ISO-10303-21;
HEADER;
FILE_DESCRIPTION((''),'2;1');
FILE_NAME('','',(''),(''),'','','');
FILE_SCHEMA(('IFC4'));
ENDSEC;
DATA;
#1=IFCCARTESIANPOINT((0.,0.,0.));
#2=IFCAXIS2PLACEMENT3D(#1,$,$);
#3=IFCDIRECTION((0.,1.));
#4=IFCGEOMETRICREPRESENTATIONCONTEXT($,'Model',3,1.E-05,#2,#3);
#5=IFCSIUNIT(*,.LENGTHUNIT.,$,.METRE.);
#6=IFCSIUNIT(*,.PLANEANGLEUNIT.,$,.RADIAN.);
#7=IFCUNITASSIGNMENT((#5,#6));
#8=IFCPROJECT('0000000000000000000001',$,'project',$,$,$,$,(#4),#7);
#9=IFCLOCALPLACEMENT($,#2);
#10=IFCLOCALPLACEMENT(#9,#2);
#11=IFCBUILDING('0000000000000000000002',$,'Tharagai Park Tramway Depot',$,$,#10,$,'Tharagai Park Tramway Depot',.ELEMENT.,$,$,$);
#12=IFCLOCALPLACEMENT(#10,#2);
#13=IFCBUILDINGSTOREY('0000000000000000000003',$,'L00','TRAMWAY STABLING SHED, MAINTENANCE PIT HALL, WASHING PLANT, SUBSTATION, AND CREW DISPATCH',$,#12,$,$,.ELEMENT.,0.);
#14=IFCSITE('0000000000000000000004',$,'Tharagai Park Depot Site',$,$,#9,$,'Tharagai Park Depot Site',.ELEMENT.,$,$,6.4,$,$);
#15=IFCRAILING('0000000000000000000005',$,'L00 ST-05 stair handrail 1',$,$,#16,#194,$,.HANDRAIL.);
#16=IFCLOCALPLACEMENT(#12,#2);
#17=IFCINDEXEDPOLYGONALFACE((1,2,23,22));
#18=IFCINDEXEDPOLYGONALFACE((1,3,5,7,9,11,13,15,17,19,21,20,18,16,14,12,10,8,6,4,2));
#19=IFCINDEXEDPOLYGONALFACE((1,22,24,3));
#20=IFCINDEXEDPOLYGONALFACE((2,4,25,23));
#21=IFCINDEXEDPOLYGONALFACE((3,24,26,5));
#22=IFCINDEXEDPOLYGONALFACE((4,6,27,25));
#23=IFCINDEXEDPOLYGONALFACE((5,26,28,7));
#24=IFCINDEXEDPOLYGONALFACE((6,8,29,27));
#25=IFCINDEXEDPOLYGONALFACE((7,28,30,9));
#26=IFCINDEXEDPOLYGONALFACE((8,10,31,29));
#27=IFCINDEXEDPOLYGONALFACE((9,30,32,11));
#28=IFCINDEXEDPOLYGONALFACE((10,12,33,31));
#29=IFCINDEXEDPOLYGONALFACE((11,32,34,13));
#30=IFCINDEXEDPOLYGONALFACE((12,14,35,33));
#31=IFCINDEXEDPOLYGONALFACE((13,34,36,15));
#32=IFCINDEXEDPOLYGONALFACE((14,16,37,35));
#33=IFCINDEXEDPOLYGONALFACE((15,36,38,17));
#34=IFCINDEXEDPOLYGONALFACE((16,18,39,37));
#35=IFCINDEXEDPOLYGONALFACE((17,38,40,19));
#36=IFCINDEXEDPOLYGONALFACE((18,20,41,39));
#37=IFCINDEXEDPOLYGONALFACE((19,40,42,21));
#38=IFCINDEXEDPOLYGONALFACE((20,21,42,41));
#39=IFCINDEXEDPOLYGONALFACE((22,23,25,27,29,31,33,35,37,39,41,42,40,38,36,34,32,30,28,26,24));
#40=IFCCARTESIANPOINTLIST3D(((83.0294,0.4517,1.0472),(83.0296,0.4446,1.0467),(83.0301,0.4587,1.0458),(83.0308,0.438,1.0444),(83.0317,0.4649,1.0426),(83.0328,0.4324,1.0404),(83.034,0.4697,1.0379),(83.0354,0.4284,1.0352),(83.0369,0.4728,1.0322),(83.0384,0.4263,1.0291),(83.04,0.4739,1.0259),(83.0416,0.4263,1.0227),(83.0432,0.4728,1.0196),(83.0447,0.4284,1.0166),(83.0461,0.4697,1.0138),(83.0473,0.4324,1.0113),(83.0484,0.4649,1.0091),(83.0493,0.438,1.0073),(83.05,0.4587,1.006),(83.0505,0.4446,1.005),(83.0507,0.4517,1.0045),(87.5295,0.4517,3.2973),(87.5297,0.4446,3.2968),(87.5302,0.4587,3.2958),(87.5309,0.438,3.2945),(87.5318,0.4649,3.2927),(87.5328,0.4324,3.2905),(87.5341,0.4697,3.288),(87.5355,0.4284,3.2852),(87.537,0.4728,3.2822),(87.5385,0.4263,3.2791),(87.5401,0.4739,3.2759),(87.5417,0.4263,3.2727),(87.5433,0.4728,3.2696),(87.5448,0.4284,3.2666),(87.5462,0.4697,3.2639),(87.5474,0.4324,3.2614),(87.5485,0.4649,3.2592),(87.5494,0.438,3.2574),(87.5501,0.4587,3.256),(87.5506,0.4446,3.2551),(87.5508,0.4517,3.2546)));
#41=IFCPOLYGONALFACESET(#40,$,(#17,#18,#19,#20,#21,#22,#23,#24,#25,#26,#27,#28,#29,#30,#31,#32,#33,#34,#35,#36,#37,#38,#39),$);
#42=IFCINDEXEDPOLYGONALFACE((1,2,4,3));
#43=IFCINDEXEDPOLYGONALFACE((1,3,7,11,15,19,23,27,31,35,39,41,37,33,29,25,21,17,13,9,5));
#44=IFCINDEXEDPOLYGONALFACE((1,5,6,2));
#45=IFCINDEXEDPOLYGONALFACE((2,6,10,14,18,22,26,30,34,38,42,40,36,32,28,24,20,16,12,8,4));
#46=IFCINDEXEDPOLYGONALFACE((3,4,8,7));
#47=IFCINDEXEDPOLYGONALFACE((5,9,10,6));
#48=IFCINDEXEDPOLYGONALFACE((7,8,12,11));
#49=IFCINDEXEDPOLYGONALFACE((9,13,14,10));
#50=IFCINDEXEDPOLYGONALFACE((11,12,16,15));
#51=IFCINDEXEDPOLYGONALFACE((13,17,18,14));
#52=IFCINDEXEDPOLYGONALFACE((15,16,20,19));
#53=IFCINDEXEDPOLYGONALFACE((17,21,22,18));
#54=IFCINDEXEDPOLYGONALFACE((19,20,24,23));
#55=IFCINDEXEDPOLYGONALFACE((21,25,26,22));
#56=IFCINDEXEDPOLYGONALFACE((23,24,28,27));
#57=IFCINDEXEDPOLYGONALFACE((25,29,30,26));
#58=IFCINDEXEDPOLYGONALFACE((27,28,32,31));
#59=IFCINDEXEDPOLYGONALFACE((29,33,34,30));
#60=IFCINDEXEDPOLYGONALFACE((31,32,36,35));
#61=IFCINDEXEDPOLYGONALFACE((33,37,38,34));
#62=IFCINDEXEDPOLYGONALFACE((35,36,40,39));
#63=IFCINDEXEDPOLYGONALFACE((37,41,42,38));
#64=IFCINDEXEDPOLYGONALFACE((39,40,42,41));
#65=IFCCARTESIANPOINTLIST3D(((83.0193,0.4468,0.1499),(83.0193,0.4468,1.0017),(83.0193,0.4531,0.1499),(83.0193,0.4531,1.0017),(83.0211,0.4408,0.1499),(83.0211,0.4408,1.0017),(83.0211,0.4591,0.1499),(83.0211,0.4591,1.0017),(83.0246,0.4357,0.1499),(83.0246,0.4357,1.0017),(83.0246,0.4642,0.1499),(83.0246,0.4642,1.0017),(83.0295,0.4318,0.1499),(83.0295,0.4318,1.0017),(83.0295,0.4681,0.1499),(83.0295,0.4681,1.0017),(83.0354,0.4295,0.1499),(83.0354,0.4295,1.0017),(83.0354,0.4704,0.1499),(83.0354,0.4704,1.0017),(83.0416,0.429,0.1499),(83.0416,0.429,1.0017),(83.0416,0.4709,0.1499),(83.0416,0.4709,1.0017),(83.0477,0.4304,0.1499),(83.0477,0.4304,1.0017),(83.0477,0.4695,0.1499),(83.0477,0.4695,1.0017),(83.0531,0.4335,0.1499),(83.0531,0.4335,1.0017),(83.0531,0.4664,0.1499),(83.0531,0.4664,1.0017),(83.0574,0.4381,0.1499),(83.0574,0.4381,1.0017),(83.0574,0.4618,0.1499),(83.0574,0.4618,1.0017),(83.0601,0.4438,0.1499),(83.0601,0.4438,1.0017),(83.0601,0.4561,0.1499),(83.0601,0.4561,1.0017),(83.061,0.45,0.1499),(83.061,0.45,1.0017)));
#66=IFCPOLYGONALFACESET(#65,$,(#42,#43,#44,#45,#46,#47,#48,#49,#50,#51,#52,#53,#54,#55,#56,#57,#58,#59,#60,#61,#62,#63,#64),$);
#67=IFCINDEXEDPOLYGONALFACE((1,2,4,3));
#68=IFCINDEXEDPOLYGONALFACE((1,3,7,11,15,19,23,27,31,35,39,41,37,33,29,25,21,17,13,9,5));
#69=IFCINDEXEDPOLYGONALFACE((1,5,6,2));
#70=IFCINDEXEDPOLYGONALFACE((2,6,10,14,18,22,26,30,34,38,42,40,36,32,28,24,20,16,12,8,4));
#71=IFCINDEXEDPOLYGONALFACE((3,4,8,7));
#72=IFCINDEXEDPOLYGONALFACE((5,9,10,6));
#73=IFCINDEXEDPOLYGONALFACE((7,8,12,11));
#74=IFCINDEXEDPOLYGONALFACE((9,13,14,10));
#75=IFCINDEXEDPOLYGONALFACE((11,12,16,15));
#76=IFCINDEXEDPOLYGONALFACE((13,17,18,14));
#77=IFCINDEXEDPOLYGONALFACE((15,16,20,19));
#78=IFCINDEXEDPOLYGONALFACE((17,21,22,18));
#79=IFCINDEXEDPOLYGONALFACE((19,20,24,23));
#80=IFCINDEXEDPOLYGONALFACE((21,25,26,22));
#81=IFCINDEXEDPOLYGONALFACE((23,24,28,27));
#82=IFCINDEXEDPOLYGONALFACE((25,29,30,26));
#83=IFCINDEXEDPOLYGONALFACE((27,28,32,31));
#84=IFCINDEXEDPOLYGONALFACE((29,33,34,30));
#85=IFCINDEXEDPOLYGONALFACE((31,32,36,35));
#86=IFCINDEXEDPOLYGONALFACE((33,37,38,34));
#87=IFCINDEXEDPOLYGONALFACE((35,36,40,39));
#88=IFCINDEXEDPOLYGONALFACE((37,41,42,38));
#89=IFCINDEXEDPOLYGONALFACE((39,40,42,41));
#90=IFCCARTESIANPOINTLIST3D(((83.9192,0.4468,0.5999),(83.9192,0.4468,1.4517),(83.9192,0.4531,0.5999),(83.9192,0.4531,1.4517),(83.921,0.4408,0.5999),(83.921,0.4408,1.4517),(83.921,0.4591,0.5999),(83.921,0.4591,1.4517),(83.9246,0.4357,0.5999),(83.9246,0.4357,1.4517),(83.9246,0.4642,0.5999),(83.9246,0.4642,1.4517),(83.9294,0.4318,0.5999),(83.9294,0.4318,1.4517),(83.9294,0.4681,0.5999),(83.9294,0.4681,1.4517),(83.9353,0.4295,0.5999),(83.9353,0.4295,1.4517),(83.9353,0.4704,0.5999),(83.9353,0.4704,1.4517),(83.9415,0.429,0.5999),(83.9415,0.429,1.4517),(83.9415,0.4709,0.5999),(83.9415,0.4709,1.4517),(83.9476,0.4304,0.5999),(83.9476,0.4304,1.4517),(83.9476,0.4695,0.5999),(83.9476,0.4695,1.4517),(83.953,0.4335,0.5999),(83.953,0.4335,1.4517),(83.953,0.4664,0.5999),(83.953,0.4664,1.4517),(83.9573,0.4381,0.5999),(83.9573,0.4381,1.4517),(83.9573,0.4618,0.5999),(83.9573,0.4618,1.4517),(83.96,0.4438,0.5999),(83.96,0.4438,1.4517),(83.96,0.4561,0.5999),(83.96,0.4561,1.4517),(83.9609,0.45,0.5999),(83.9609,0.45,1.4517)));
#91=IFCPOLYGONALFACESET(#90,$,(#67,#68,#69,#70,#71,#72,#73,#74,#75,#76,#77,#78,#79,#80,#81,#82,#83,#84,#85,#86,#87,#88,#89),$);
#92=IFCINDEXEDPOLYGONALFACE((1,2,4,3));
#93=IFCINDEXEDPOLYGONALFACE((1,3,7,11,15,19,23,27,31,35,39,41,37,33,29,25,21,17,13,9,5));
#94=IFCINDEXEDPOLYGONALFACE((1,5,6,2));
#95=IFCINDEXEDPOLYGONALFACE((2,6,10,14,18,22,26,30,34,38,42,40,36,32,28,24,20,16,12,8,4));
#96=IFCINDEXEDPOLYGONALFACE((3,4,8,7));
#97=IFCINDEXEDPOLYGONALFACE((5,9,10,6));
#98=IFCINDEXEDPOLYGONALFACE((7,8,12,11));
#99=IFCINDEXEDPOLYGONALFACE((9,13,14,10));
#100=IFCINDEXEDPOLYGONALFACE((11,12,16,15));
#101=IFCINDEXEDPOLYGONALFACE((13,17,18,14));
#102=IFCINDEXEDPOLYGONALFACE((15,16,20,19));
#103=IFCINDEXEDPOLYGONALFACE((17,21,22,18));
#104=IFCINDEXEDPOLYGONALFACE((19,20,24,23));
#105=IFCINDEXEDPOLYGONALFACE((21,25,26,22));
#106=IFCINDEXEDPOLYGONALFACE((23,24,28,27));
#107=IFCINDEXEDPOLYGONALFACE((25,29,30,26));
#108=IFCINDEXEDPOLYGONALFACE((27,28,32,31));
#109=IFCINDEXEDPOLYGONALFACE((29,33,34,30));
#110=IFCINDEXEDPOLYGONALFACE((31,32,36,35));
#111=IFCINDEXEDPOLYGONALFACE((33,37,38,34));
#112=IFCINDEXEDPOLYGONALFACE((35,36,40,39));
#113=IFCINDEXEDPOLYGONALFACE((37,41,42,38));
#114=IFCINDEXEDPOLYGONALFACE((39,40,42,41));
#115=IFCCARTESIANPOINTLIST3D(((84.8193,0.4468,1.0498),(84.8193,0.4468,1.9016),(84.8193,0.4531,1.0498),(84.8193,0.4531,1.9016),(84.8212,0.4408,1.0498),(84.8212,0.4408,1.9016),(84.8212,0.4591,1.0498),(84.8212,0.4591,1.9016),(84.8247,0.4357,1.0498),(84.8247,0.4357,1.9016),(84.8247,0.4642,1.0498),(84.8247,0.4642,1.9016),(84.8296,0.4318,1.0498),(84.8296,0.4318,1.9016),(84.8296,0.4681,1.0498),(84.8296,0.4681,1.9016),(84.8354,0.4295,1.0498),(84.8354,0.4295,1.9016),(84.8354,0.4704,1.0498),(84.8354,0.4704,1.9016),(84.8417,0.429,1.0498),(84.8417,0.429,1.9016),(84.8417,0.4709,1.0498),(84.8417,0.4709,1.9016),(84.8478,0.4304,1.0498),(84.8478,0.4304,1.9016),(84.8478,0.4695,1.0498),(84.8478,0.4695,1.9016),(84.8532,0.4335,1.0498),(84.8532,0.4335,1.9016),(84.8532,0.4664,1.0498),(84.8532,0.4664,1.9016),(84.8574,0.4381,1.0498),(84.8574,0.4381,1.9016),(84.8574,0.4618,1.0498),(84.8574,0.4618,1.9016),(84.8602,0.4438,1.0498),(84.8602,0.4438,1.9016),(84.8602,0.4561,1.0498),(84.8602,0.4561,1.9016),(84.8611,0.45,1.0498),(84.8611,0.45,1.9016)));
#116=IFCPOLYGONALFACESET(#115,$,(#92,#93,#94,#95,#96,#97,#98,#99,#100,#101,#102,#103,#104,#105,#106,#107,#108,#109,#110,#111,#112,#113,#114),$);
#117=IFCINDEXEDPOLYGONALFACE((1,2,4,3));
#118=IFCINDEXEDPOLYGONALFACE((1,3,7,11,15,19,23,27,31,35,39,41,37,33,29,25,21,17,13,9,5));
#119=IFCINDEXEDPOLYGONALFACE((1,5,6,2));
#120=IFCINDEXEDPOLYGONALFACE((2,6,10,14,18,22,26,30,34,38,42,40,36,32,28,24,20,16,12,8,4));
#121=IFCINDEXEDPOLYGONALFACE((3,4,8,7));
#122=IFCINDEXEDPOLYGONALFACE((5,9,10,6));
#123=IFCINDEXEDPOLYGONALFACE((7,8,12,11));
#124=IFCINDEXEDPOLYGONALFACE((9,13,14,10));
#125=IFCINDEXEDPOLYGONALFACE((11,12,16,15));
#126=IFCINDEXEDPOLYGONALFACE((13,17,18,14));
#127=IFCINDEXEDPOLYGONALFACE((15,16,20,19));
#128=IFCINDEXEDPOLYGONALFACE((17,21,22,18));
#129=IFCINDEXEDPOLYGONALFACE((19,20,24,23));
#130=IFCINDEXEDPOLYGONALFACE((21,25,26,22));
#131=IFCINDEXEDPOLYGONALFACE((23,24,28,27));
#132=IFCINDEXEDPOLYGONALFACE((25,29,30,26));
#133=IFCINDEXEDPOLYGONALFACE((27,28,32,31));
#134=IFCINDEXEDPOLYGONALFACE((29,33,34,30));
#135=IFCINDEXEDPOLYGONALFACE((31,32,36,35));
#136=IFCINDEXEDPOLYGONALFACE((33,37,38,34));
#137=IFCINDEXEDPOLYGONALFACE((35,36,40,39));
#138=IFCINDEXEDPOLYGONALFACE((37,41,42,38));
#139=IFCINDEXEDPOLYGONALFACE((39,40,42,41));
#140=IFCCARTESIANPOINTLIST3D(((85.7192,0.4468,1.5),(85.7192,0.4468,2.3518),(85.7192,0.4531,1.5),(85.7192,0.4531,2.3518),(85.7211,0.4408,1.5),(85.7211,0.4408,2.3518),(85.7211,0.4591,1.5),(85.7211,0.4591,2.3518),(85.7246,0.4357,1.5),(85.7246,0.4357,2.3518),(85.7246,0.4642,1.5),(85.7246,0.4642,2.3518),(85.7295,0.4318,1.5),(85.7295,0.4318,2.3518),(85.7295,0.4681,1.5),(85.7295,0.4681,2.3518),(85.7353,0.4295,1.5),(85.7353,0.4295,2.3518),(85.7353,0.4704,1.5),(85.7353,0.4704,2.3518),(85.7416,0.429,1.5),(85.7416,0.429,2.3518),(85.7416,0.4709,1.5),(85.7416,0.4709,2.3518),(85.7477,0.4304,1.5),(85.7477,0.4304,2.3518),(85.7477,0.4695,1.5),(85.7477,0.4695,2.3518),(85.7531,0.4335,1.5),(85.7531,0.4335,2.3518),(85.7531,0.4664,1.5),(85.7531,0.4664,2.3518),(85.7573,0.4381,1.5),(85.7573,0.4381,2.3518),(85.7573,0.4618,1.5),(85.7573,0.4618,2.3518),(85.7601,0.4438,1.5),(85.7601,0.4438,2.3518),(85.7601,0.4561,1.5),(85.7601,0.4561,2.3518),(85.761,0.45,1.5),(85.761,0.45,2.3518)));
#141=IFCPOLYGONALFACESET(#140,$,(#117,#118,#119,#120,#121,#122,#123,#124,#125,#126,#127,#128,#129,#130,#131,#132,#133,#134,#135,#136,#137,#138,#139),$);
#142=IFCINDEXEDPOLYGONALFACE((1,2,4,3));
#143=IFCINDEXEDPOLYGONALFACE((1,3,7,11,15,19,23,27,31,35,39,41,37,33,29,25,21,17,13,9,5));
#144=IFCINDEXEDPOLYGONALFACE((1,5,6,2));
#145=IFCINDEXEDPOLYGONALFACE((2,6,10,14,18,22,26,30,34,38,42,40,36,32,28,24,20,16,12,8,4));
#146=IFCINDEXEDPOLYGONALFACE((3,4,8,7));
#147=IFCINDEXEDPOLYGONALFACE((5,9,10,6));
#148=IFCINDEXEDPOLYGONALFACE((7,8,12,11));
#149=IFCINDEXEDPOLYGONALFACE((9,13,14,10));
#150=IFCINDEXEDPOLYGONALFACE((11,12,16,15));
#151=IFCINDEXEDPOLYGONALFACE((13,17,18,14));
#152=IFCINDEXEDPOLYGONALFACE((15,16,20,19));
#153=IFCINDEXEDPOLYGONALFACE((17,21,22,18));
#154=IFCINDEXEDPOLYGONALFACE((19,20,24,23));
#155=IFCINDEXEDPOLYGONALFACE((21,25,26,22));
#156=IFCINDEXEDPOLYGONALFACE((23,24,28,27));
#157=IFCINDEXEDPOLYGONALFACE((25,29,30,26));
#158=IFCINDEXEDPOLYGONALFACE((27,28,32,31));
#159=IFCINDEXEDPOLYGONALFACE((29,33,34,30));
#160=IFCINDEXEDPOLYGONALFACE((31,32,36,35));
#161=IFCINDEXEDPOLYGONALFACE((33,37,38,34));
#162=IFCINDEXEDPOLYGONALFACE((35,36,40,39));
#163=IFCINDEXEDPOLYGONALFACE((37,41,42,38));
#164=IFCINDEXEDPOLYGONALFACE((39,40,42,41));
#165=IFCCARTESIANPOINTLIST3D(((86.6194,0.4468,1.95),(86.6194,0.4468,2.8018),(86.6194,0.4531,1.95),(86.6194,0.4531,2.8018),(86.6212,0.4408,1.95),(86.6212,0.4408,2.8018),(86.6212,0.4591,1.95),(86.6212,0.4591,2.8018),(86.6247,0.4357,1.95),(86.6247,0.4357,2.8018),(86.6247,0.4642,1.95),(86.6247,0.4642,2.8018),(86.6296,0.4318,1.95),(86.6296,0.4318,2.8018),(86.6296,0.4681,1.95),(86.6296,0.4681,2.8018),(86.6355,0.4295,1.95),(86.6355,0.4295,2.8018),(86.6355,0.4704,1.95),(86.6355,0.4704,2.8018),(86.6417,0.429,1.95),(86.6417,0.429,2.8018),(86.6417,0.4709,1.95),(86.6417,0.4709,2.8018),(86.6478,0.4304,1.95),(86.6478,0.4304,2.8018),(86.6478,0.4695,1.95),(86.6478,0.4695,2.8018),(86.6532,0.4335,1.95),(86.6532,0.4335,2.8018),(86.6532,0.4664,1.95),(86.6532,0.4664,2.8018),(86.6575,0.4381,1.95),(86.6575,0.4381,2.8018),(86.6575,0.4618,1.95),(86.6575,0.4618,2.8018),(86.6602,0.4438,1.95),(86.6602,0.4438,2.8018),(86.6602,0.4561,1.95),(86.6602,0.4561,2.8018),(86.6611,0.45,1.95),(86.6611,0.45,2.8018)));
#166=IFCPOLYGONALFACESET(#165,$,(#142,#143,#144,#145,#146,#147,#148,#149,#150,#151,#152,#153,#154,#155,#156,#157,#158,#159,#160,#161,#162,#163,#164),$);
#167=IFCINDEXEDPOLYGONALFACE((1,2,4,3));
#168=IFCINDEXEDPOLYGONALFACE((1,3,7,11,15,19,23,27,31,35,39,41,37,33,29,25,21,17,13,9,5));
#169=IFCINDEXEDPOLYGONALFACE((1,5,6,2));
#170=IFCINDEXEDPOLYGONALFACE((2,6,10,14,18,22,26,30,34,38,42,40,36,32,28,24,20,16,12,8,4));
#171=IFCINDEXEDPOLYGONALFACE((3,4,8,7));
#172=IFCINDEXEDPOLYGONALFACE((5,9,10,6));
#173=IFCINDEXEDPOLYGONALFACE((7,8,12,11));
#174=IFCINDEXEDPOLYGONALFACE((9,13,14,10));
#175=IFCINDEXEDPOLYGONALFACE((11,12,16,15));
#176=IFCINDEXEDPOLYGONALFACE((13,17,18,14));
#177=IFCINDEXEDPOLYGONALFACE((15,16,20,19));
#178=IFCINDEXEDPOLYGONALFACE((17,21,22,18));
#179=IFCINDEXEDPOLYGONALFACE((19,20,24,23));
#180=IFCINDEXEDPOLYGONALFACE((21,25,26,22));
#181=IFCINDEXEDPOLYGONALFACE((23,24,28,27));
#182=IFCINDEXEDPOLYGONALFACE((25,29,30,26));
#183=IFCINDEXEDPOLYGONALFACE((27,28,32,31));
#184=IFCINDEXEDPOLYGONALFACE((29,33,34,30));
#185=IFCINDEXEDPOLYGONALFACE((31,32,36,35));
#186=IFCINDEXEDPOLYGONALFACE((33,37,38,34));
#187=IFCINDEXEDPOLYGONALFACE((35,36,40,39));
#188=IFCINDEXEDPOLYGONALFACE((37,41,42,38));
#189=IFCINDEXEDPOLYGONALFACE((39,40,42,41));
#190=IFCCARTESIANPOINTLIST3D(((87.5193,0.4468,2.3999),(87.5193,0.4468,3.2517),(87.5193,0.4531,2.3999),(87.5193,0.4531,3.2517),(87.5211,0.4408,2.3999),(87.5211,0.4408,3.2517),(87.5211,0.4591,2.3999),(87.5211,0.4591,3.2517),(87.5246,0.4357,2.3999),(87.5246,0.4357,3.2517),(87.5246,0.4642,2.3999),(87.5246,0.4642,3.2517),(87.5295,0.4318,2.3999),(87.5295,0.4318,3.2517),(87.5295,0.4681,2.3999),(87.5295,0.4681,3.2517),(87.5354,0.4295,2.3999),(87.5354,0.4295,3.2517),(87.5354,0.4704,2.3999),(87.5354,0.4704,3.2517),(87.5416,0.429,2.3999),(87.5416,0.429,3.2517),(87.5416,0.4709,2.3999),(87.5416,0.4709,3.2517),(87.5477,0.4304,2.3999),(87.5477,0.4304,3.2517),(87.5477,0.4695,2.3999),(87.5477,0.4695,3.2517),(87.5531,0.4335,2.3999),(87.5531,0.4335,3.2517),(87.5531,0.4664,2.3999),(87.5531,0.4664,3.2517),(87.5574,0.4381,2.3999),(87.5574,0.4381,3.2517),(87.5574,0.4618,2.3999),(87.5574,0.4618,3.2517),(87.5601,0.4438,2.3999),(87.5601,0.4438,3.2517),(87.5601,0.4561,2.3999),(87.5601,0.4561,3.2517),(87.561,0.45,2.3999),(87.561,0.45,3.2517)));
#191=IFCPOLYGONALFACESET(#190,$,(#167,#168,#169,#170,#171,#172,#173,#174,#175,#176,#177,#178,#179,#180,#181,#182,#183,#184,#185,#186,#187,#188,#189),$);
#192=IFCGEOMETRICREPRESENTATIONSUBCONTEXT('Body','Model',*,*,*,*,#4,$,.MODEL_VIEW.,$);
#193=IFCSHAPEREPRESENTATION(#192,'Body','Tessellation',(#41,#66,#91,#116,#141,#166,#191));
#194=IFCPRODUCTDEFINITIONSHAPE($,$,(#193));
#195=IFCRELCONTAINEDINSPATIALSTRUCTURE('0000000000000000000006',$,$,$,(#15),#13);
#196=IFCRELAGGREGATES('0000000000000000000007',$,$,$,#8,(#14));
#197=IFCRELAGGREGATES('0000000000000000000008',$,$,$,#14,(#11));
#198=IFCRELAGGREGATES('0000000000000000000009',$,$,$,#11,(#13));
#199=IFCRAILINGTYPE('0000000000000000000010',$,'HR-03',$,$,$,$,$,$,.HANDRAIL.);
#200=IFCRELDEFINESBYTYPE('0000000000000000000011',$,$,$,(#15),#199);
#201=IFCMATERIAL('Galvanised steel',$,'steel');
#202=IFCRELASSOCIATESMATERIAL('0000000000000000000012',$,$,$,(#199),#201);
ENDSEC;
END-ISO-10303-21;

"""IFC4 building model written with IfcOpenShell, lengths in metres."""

from ifc_helpers import new_model, si_unit, direction, frame, origin, origin_2d, place, context, subcontext, project, spatial, circle, extrude, material, type_object, element, save


model = new_model("IFC4")

# Units and contexts
model_context = context("Model", 3, precision=1e-05, world=origin(), true_north=direction((0.0, 1.0)))
body_context = subcontext(model_context, "Body", "Model", "MODEL_VIEW")
ifc_project = project(units=[si_unit("LENGTHUNIT", "METRE"), si_unit("PLANEANGLEUNIT", "RADIAN")], contexts=[model_context])

# Site, building, storey
site_placement = place(None, origin())
site = spatial("IfcSite", under=ifc_project, at=site_placement, Name="Tharagai Park Depot Site", LongName="Tharagai Park Depot Site", CompositionType="ELEMENT", RefElevation=6.4)
building_placement = place(site_placement, origin())
building = spatial("IfcBuilding", under=site, at=building_placement, Name="Tharagai Park Tramway Depot", LongName="Tharagai Park Tramway Depot", CompositionType="ELEMENT")
storey_placement = place(building_placement, origin())
storey = spatial("IfcBuildingStorey", under=building, at=storey_placement, Name="L00", Description="TRAMWAY STABLING SHED, MAINTENANCE PIT HALL, WASHING PLANT, SUBSTATION, AND CREW DISPATCH", CompositionType="ELEMENT", Elevation=0.0)

# Shared definitions
ifc_material_1 = material(Name="Galvanised steel", Category="steel")

# Railing
railing_type_1 = type_object("IfcRailingType", Name="HR-03", PredefinedType="HANDRAIL", material=ifc_material_1)
railing_1_placement = place(storey_placement, frame((83.04, 0.45, 0.1499)))
element("IfcRailing", 1, at=railing_1_placement, inside=storey, type_object=railing_type_1, Name="L00 ST-05 stair handrail 1", PredefinedType="HANDRAIL", context=body_context, shape_type="SweptSolid", body=[
    extrude(circle(Radius=0.0239, at=origin_2d()), frame((0.0, 0.0, 0.876), z_axis=(0.894427, 0.0, 0.447214), x_axis=(0.0, 1.0, 0.0)), (0.0, 0.0, 1.0), 5.0312),
    extrude(circle(Radius=0.021, at=origin_2d()), origin(), (0.0, 0.0, 1.0), 0.8518),
    extrude(circle(Radius=0.021, at=origin_2d()), frame((0.8999, 0.0, 0.45)), (0.0, 0.0, 1.0), 0.8518),
    extrude(circle(Radius=0.021, at=origin_2d()), frame((1.8, 0.0, 0.8999)), (0.0, 0.0, 1.0), 0.8518),
    extrude(circle(Radius=0.021, at=origin_2d()), frame((2.7, 0.0, 1.3501)), (0.0, 0.0, 1.0), 0.8518),
    extrude(circle(Radius=0.021, at=origin_2d()), frame((3.6001, 0.0, 1.8)), (0.0, 0.0, 1.0), 0.8518),
    extrude(circle(Radius=0.021, at=origin_2d()), frame((4.5, 0.0, 2.25)), (0.0, 0.0, 1.0), 0.8518),
])

save(model, "model.ifc")
